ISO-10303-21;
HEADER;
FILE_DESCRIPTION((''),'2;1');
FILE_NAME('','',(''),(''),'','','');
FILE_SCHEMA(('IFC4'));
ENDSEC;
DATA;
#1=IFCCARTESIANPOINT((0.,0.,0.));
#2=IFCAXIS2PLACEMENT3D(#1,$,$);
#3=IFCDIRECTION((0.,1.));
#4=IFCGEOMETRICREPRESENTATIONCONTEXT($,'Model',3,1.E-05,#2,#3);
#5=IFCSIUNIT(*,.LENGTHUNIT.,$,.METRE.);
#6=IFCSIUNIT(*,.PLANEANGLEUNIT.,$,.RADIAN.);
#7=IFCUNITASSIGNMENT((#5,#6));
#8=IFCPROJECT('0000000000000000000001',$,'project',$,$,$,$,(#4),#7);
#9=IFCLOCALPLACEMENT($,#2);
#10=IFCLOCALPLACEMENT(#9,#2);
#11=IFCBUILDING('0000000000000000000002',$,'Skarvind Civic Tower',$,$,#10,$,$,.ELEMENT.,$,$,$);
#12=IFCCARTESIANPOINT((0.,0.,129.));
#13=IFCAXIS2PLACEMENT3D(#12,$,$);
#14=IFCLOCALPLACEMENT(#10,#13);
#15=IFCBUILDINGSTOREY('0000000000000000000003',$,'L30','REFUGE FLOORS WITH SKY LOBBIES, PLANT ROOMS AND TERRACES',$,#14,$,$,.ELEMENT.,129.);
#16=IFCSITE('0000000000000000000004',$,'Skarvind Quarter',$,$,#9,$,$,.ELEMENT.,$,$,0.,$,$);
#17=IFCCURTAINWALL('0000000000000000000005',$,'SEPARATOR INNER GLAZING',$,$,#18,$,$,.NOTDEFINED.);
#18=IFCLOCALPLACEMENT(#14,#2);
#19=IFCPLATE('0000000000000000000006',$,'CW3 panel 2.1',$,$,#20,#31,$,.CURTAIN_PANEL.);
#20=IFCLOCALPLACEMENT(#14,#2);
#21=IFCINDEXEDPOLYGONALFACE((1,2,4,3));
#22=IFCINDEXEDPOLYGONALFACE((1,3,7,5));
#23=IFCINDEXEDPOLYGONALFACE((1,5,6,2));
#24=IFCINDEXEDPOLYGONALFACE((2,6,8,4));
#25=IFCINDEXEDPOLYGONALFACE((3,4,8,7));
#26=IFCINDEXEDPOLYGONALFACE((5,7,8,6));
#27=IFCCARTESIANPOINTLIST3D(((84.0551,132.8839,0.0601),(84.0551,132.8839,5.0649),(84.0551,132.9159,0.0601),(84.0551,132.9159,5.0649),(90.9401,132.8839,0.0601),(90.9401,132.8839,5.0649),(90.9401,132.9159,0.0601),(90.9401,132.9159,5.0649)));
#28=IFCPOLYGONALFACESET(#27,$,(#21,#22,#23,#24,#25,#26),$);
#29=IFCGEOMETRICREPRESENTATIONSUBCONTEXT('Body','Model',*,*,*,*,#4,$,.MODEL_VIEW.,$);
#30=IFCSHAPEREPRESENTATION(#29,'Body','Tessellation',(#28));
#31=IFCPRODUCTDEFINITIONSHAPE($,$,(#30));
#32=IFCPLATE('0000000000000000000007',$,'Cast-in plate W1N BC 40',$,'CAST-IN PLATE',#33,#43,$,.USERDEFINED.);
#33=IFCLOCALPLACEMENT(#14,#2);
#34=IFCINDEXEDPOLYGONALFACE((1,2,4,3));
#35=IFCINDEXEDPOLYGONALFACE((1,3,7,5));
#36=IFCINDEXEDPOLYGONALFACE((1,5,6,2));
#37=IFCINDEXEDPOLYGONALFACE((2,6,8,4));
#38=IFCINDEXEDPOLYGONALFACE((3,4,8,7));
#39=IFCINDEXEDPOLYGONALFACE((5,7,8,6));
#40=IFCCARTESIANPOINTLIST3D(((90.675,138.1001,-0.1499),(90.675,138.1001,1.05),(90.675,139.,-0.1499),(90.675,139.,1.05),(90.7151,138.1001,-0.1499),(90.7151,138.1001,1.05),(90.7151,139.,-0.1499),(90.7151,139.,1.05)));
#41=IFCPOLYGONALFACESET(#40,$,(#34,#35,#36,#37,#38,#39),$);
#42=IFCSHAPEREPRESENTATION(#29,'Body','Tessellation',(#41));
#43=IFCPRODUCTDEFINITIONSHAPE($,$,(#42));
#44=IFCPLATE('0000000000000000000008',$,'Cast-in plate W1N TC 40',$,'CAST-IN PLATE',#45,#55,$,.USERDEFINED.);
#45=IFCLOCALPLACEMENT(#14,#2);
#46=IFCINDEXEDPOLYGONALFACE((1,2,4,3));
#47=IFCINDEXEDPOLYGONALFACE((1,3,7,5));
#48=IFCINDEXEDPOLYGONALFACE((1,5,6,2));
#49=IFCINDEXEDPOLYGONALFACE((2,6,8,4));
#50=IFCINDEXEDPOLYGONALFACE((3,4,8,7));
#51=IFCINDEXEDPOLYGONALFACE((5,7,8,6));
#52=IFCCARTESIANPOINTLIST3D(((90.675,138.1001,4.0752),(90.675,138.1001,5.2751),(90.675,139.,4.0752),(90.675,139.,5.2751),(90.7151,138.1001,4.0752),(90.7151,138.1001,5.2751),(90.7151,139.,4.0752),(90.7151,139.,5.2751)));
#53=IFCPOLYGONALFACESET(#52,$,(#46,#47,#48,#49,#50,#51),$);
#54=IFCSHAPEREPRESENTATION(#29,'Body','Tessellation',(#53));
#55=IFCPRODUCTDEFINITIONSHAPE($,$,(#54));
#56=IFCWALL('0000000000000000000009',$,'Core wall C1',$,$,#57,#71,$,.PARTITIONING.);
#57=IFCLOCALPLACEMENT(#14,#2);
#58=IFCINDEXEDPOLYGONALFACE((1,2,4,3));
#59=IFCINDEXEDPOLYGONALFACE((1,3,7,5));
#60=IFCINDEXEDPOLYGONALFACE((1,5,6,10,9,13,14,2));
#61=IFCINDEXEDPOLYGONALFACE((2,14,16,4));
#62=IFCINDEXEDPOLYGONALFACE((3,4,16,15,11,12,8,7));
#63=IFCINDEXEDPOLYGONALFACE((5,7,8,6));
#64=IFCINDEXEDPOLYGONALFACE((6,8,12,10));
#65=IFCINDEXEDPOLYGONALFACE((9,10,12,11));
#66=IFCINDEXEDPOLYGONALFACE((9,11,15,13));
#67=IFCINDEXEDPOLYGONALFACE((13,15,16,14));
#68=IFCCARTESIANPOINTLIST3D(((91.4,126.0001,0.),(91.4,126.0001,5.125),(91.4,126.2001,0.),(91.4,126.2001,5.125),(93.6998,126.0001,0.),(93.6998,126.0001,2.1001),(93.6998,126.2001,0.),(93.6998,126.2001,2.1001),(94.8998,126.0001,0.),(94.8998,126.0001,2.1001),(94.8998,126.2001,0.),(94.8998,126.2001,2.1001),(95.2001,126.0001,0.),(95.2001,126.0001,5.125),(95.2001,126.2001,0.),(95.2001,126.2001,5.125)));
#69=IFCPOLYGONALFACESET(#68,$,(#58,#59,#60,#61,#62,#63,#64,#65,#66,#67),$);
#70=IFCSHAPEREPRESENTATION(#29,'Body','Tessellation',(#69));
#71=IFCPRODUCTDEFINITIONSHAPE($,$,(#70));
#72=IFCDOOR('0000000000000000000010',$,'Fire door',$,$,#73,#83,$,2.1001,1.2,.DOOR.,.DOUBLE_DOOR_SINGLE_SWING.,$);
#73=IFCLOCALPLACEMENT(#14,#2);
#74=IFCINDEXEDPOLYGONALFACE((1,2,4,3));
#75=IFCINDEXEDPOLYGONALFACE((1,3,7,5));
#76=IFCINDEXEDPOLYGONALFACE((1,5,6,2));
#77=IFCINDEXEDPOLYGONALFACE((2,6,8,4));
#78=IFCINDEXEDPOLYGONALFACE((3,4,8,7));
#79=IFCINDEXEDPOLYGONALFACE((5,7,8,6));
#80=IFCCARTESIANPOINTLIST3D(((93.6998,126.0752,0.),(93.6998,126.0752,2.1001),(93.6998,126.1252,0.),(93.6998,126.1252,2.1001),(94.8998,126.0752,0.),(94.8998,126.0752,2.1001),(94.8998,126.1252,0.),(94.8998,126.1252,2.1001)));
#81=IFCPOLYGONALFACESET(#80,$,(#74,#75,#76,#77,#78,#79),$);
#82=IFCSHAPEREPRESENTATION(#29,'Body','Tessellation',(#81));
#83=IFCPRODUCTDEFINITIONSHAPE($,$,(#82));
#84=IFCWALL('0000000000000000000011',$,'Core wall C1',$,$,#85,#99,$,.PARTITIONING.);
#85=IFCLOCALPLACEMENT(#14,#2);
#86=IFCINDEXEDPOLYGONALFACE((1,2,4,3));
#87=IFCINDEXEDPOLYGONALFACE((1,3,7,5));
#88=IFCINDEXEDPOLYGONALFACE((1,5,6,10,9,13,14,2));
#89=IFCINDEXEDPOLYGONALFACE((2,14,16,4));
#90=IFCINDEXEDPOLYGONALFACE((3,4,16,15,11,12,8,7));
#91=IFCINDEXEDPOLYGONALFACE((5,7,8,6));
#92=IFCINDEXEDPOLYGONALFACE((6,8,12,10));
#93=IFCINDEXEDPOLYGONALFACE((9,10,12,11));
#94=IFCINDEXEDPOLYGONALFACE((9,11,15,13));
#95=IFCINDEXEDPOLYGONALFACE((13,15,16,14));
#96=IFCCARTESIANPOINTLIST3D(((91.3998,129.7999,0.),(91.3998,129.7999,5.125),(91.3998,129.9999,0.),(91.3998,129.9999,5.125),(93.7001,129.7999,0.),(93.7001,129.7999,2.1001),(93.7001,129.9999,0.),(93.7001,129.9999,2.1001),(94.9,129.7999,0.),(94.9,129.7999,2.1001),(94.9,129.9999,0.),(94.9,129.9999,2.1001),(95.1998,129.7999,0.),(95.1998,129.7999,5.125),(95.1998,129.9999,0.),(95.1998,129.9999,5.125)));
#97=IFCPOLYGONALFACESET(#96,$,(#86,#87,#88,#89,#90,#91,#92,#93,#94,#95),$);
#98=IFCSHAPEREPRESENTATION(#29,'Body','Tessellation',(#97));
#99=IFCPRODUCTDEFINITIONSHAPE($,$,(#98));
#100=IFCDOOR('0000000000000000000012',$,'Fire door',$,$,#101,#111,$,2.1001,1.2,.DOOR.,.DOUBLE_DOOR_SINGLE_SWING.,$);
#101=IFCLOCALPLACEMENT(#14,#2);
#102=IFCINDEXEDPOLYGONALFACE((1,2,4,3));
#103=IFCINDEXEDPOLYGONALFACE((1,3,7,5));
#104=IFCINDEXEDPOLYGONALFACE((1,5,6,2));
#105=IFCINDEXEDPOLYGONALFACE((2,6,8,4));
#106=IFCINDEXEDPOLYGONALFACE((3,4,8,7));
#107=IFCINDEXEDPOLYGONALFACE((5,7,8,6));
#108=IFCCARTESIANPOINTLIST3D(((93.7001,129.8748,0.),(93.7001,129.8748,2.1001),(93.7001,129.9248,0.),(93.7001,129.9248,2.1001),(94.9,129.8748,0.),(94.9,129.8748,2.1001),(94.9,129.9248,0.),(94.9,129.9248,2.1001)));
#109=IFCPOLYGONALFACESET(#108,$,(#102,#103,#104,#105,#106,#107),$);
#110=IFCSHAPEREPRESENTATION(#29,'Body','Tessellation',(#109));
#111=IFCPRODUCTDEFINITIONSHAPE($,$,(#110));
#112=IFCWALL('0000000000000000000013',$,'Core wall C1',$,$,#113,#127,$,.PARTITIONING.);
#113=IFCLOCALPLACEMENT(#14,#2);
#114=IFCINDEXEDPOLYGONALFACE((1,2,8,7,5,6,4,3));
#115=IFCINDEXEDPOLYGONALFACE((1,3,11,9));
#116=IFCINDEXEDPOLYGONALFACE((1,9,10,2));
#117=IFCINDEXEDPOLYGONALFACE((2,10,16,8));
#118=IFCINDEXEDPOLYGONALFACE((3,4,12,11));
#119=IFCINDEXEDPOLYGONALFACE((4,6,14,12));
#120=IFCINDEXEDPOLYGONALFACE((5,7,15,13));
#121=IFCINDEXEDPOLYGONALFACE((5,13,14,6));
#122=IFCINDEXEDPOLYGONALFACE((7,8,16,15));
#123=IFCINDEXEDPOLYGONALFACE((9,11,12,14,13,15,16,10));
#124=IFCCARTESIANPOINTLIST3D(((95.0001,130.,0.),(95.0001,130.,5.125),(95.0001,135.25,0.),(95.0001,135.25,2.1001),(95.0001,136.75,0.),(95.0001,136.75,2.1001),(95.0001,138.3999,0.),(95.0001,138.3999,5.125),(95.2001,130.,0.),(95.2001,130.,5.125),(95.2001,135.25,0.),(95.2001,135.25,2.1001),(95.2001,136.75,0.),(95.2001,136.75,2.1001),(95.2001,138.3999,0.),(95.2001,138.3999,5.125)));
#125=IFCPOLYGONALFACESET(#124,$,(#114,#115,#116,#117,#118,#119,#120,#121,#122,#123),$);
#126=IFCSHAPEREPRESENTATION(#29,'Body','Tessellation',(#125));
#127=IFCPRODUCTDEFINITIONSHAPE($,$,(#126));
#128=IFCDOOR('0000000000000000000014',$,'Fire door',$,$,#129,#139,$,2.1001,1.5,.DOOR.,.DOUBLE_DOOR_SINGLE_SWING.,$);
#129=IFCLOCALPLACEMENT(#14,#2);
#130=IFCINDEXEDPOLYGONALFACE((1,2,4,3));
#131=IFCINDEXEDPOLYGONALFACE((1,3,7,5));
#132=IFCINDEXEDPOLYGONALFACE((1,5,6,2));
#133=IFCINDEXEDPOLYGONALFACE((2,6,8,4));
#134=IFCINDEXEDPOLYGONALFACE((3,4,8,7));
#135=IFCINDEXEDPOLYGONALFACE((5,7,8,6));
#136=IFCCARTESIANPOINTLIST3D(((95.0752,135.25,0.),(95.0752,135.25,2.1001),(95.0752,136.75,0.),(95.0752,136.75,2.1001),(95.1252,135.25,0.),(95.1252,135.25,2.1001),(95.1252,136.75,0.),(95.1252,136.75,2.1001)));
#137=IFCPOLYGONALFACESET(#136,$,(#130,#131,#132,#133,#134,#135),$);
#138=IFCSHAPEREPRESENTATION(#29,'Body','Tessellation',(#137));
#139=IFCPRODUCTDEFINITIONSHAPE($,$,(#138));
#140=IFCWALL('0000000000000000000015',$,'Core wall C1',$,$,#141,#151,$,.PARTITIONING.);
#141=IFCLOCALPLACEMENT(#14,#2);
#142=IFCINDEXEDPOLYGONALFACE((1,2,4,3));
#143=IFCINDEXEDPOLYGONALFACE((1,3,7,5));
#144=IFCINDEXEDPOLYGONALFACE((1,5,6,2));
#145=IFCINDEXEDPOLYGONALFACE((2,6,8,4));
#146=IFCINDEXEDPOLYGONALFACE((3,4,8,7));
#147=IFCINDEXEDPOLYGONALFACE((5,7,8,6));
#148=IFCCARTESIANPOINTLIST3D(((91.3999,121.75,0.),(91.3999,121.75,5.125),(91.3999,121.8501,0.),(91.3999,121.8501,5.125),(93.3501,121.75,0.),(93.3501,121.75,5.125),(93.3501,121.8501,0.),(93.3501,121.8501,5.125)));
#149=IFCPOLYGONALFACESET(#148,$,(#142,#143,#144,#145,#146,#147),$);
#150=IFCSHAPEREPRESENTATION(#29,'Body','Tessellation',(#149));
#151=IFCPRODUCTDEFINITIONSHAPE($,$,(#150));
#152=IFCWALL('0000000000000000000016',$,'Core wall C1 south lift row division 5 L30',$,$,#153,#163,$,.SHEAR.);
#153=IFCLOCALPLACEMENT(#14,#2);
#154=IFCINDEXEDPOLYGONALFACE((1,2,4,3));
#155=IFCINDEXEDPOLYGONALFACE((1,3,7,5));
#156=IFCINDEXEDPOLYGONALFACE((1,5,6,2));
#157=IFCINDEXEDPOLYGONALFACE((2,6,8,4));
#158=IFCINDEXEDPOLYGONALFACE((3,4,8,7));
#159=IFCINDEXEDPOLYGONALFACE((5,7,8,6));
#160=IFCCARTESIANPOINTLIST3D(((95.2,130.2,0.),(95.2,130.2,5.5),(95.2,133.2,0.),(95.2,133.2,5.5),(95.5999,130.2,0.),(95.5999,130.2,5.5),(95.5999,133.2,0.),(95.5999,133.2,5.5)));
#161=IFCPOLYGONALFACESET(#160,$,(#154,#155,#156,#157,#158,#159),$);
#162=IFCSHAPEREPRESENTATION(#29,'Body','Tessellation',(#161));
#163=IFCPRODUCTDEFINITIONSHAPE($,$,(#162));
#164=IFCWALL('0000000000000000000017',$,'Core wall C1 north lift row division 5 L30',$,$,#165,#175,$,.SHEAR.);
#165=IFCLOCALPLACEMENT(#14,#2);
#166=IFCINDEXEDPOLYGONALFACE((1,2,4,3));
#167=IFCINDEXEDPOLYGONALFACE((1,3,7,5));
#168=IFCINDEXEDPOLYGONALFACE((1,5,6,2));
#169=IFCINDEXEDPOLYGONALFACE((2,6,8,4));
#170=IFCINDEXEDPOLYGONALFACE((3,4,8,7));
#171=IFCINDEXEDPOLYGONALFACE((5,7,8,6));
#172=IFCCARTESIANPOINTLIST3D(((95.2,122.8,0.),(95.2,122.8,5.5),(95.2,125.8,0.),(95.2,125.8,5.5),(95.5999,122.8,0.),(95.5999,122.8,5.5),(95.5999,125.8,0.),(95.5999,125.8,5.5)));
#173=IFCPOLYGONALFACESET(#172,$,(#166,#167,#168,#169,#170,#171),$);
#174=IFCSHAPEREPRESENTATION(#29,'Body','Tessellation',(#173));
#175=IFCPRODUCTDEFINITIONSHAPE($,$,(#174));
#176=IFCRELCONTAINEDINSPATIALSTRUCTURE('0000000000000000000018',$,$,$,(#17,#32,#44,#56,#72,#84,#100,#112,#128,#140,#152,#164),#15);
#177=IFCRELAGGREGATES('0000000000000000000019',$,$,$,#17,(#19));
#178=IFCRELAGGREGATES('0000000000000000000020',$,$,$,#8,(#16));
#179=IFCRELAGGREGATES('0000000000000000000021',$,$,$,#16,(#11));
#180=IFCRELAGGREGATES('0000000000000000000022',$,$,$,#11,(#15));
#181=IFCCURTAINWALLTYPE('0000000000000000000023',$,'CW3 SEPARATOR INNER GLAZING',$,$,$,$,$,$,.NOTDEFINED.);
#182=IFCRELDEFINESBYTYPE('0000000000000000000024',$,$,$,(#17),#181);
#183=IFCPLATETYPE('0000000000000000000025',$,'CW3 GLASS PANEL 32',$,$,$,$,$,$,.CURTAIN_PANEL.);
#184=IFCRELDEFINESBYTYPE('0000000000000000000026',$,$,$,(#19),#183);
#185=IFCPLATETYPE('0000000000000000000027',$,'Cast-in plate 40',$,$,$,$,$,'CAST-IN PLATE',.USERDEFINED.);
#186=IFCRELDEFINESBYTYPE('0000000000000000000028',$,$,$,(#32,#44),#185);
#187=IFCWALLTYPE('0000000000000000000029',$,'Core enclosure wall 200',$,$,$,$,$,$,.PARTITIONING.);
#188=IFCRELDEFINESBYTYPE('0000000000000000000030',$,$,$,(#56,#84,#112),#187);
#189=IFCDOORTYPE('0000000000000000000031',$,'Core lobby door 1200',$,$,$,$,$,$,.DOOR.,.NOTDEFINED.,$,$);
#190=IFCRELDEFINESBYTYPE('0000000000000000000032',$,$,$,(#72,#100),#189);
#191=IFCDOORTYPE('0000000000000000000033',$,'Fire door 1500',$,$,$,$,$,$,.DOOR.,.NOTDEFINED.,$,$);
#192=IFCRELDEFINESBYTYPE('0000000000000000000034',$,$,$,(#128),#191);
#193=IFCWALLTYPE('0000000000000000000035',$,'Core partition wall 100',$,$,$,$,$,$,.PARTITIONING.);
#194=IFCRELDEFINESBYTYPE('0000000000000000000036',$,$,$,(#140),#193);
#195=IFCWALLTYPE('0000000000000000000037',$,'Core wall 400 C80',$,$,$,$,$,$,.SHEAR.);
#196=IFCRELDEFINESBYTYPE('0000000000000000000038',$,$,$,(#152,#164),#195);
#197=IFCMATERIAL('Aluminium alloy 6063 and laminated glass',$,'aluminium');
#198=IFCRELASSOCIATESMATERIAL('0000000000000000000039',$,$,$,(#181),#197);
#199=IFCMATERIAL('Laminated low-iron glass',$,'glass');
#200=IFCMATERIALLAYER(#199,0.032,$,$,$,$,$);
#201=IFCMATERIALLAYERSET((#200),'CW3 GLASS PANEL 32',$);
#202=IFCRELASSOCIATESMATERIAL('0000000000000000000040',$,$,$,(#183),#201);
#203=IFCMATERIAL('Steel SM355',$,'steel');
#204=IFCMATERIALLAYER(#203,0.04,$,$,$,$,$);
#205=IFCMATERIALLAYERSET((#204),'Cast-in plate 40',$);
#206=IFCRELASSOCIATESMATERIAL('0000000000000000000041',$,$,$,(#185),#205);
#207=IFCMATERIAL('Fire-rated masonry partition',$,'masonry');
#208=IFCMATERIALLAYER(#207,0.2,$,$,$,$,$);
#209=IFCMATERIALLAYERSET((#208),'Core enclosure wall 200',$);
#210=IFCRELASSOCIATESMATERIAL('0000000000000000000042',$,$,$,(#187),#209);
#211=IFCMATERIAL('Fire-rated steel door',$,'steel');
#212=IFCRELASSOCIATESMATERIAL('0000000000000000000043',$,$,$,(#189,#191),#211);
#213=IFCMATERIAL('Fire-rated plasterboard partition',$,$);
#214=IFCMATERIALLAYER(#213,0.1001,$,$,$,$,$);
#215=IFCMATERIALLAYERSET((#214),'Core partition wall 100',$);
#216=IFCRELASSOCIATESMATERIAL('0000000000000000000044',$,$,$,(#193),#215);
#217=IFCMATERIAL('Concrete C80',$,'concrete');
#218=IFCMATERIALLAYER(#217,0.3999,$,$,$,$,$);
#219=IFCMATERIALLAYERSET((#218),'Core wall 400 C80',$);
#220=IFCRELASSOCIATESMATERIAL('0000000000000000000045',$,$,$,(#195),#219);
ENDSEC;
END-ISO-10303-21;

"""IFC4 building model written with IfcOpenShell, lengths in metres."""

from ifc_helpers import new_model, si_unit, direction, frame, frame_2d, origin, origin_2d, place, context, subcontext, project, spatial, rectangle, extrude, material, layer, layer_set, type_object, element, fill, aggregate, save


model = new_model("IFC4")

# Units and contexts
model_context = context("Model", 3, precision=1e-05, world=origin(), true_north=direction((0.0, 1.0)))
body_context = subcontext(model_context, "Body", "Model", "MODEL_VIEW")
ifc_project = project(units=[si_unit("LENGTHUNIT", "METRE"), si_unit("PLANEANGLEUNIT", "RADIAN")], contexts=[model_context])

# Site, building, storey
site_placement = place(None, origin())
site = spatial("IfcSite", under=ifc_project, at=site_placement, Name="Skarvind Quarter", CompositionType="ELEMENT", RefElevation=0.0)
building_placement = place(site_placement, origin())
building = spatial("IfcBuilding", under=site, at=building_placement, Name="Skarvind Civic Tower", CompositionType="ELEMENT")
storey_placement = place(building_placement, frame((0.0, 0.0, 129.0)))
storey = spatial("IfcBuildingStorey", under=building, at=storey_placement, Name="L30", Description="REFUGE FLOORS WITH SKY LOBBIES, PLANT ROOMS AND TERRACES", CompositionType="ELEMENT", Elevation=129.0)

# Shared definitions
ifc_material_1 = material(Name="Concrete C80", Category="concrete")

# Curtain wall
ifc_material_2 = material(Name="Aluminium alloy 6063 and laminated glass", Category="aluminium")
curtain_wall_type = type_object("IfcCurtainWallType", Name="CW3 SEPARATOR INNER GLAZING", PredefinedType="NOTDEFINED", material=ifc_material_2)
curtain_wall_1_placement = place(storey_placement, origin())
curtain_wall_1 = element("IfcCurtainWall", 1, at=curtain_wall_1_placement, inside=storey, type_object=curtain_wall_type, Name="SEPARATOR INNER GLAZING", PredefinedType="NOTDEFINED")

# Shared definitions
ifc_material_3 = material(Name="Steel SM355", Category="steel")

# Plate
ifc_material_4 = material(Name="Laminated low-iron glass", Category="glass")
ifc_layer_1 = layer(ifc_material_4, 0.032)
ifc_layer_set_1 = layer_set([ifc_layer_1], Name="CW3 GLASS PANEL 32")
plate_type_1 = type_object("IfcPlateType", Name="CW3 GLASS PANEL 32", PredefinedType="CURTAIN_PANEL", material=ifc_layer_set_1)
plate_placement = place(storey_placement, frame((87.4976, 132.8999, 0.0601), z_axis=(0.0, 0.0, 1.0), x_axis=(1.0, 0.0, 0.0)))
plate = element("IfcPlate", 2, at=plate_placement, type_object=plate_type_1, Name="CW3 panel 2.1", PredefinedType="CURTAIN_PANEL", context=body_context, shape_type="SweptSolid", body=[
    extrude(rectangle(XDim=6.885, YDim=0.032, at=origin_2d()), origin(), (0.0, 0.0, 1.0), 5.0049),
])
aggregate(curtain_wall_1, [plate])

# Plates
ifc_layer_2 = layer(ifc_material_3, 0.04)
ifc_layer_set_2 = layer_set([ifc_layer_2], Name="Cast-in plate 40")
plate_type_2 = type_object("IfcPlateType", Name="Cast-in plate 40", ElementType="CAST-IN PLATE", PredefinedType="USERDEFINED", material=ifc_layer_set_2)
for number, where, z_axis, x_axis, name in (
    (3, (90.6951, 138.55, -0.1499), (0.0, 0.0, 1.0), (1.0, 0.0, 0.0), "Cast-in plate W1N BC 40"),
    (4, (90.6951, 138.55, 4.0752), (0.0, 0.0, 1.0), (1.0, 0.0, 0.0), "Cast-in plate W1N TC 40"),
):
    element("IfcPlate", number, at=place(storey_placement, frame(where, z_axis=z_axis, x_axis=x_axis)), inside=storey, type_object=plate_type_2, Name=name, ObjectType="CAST-IN PLATE", PredefinedType="USERDEFINED", context=body_context, shape_type="SweptSolid", body=[
        extrude(rectangle(XDim=0.04, YDim=0.8999, at=origin_2d()), origin(), (0.0, 0.0, 1.0), 1.2),
    ])

# Walls, openings, doors
ifc_material_5 = material(Name="Fire-rated masonry partition", Category="masonry")
ifc_layer_3 = layer(ifc_material_5, 0.2)
ifc_layer_set_3 = layer_set([ifc_layer_3], Name="Core enclosure wall 200")
wall_type_1 = type_object("IfcWallType", Name="Core enclosure wall 200", PredefinedType="PARTITIONING", material=ifc_layer_set_3)
wall_1_placement = place(storey_placement, frame((95.2, 126.1001, 0.0), z_axis=(0.0, 0.0, 1.0), x_axis=(-1.0, 0.0, 0.0)))
wall_1 = element("IfcWall", 5, at=wall_1_placement, inside=storey, type_object=wall_type_1, Name="Core wall C1", PredefinedType="PARTITIONING", context=body_context, shape_type="SweptSolid", body=[
    extrude(rectangle(XDim=3.8, YDim=0.2, at=frame_2d((1.8999, 0.0))), origin(), (0.0, 0.0, 1.0), 5.125),
])
opening_1_placement = place(wall_1_placement, frame((0.3, 0.0, 0.0)))
opening_1 = element("IfcOpeningElement", 6, at=opening_1_placement, cuts=wall_1, PredefinedType="OPENING", context=body_context, shape_type="SweptSolid", body=[
    extrude(rectangle(XDim=1.2, YDim=2.1001, at=frame_2d((0.6001, 1.05))), frame((0.0, 0.1099, 0.0), z_axis=(0.0, -1.0, 0.0), x_axis=(1.0, 0.0, 0.0)), (0.0, 0.0, 1.0), 0.22),
])
ifc_material_6 = material(Name="Fire-rated steel door", Category="steel")
door_type_1 = type_object("IfcDoorType", Name="Core lobby door 1200", OperationType="NOTDEFINED", PredefinedType="DOOR", material=ifc_material_6)
door_1_placement = place(opening_1_placement, origin())
door_1 = element("IfcDoor", 7, at=door_1_placement, inside=storey, type_object=door_type_1, Name="Fire door", OperationType="DOUBLE_DOOR_SINGLE_SWING", OverallHeight=2.1001, OverallWidth=1.2, PredefinedType="DOOR", context=body_context, shape_type="SweptSolid", body=[
    extrude(rectangle(XDim=1.2, YDim=2.1001, at=frame_2d((0.6001, 1.05))), frame((0.0, 0.0249, 0.0), z_axis=(0.0, -1.0, 0.0), x_axis=(1.0, 0.0, 0.0)), (0.0, 0.0, 1.0), 0.05),
])
fill(opening_1, door_1)
wall_2_placement = place(storey_placement, frame((91.3999, 129.8999, 0.0), z_axis=(0.0, 0.0, 1.0), x_axis=(1.0, 0.0, 0.0)))
wall_2 = element("IfcWall", 8, at=wall_2_placement, inside=storey, type_object=wall_type_1, Name="Core wall C1", PredefinedType="PARTITIONING", context=body_context, shape_type="SweptSolid", body=[
    extrude(rectangle(XDim=3.8, YDim=0.2, at=frame_2d((1.8999, 0.0))), origin(), (0.0, 0.0, 1.0), 5.125),
])
opening_2_placement = place(wall_2_placement, frame((2.3, 0.0, 0.0)))
opening_2 = element("IfcOpeningElement", 9, at=opening_2_placement, cuts=wall_2, PredefinedType="OPENING", context=body_context, shape_type="SweptSolid", body=[
    extrude(rectangle(XDim=1.2, YDim=2.1001, at=frame_2d((0.6001, 1.05))), frame((0.0, 0.1099, 0.0), z_axis=(0.0, -1.0, 0.0), x_axis=(1.0, 0.0, 0.0)), (0.0, 0.0, 1.0), 0.22),
])
door_2_placement = place(opening_2_placement, origin())
door_2 = element("IfcDoor", 10, at=door_2_placement, inside=storey, type_object=door_type_1, Name="Fire door", OperationType="DOUBLE_DOOR_SINGLE_SWING", OverallHeight=2.1001, OverallWidth=1.2, PredefinedType="DOOR", context=body_context, shape_type="SweptSolid", body=[
    extrude(rectangle(XDim=1.2, YDim=2.1001, at=frame_2d((0.6001, 1.05))), frame((0.0, 0.0249, 0.0), z_axis=(0.0, -1.0, 0.0), x_axis=(1.0, 0.0, 0.0)), (0.0, 0.0, 1.0), 0.05),
])
fill(opening_2, door_2)
wall_3_placement = place(storey_placement, frame((95.1001, 130.0, 0.0), z_axis=(0.0, 0.0, 1.0), x_axis=(0.0, 1.0, 0.0)))
wall_3 = element("IfcWall", 11, at=wall_3_placement, inside=storey, type_object=wall_type_1, Name="Core wall C1", PredefinedType="PARTITIONING", context=body_context, shape_type="SweptSolid", body=[
    extrude(rectangle(XDim=8.3999, YDim=0.2, at=frame_2d((4.2, 0.0))), origin(), (0.0, 0.0, 1.0), 5.125),
])
opening_3_placement = place(wall_3_placement, frame((5.25, 0.0, 0.0)))
opening_3 = element("IfcOpeningElement", 12, at=opening_3_placement, cuts=wall_3, PredefinedType="OPENING", context=body_context, shape_type="SweptSolid", body=[
    extrude(rectangle(XDim=1.5, YDim=2.1001, at=frame_2d((0.75, 1.05))), frame((0.0, 0.1099, 0.0), z_axis=(0.0, -1.0, 0.0), x_axis=(1.0, 0.0, 0.0)), (0.0, 0.0, 1.0), 0.22),
])
door_type_2 = type_object("IfcDoorType", Name="Fire door 1500", OperationType="NOTDEFINED", PredefinedType="DOOR", material=ifc_material_6)
door_3_placement = place(opening_3_placement, origin())
door_3 = element("IfcDoor", 13, at=door_3_placement, inside=storey, type_object=door_type_2, Name="Fire door", OperationType="DOUBLE_DOOR_SINGLE_SWING", OverallHeight=2.1001, OverallWidth=1.5, PredefinedType="DOOR", context=body_context, shape_type="SweptSolid", body=[
    extrude(rectangle(XDim=1.5, YDim=2.1001, at=frame_2d((0.75, 1.05))), frame((0.0, 0.0249, 0.0), z_axis=(0.0, -1.0, 0.0), x_axis=(1.0, 0.0, 0.0)), (0.0, 0.0, 1.0), 0.05),
])
fill(opening_3, door_3)

# Walls
ifc_material_7 = material(Name="Fire-rated plasterboard partition")
ifc_layer_4 = layer(ifc_material_7, 0.1001)
ifc_layer_set_4 = layer_set([ifc_layer_4], Name="Core partition wall 100")
wall_type_2 = type_object("IfcWallType", Name="Core partition wall 100", PredefinedType="PARTITIONING", material=ifc_layer_set_4)
wall_4_placement = place(storey_placement, frame((93.3501, 121.8, 0.0), z_axis=(0.0, 0.0, 1.0), x_axis=(-1.0, 0.0, 0.0)))
element("IfcWall", 14, at=wall_4_placement, inside=storey, type_object=wall_type_2, Name="Core wall C1", PredefinedType="PARTITIONING", context=body_context, shape_type="SweptSolid", body=[
    extrude(rectangle(XDim=1.9502, YDim=0.1001, at=frame_2d((0.9751, 0.0))), origin(), (0.0, 0.0, 1.0), 5.125),
])
ifc_layer_5 = layer(ifc_material_1, 0.3999)
ifc_layer_set_5 = layer_set([ifc_layer_5], Name="Core wall 400 C80")
wall_type_3 = type_object("IfcWallType", Name="Core wall 400 C80", PredefinedType="SHEAR", material=ifc_layer_set_5)
for number, where, z_axis, x_axis, name in (
    (15, (95.3999, 133.2, 0.0), (0.0, 0.0, 1.0), (0.0, -1.0, 0.0), "Core wall C1 south lift row division 5 L30"),
    (16, (95.3999, 125.8, 0.0), (0.0, 0.0, 1.0), (0.0, -1.0, 0.0), "Core wall C1 north lift row division 5 L30"),
):
    element("IfcWall", number, at=place(storey_placement, frame(where, z_axis=z_axis, x_axis=x_axis)), inside=storey, type_object=wall_type_3, Name=name, PredefinedType="SHEAR", context=body_context, shape_type="SweptSolid", body=[
        extrude(rectangle(XDim=3.0, YDim=0.3999, at=frame_2d((1.5, 0.0))), origin(), (0.0, 0.0, 1.0), 5.5),
    ])

save(model, "model.ifc")
